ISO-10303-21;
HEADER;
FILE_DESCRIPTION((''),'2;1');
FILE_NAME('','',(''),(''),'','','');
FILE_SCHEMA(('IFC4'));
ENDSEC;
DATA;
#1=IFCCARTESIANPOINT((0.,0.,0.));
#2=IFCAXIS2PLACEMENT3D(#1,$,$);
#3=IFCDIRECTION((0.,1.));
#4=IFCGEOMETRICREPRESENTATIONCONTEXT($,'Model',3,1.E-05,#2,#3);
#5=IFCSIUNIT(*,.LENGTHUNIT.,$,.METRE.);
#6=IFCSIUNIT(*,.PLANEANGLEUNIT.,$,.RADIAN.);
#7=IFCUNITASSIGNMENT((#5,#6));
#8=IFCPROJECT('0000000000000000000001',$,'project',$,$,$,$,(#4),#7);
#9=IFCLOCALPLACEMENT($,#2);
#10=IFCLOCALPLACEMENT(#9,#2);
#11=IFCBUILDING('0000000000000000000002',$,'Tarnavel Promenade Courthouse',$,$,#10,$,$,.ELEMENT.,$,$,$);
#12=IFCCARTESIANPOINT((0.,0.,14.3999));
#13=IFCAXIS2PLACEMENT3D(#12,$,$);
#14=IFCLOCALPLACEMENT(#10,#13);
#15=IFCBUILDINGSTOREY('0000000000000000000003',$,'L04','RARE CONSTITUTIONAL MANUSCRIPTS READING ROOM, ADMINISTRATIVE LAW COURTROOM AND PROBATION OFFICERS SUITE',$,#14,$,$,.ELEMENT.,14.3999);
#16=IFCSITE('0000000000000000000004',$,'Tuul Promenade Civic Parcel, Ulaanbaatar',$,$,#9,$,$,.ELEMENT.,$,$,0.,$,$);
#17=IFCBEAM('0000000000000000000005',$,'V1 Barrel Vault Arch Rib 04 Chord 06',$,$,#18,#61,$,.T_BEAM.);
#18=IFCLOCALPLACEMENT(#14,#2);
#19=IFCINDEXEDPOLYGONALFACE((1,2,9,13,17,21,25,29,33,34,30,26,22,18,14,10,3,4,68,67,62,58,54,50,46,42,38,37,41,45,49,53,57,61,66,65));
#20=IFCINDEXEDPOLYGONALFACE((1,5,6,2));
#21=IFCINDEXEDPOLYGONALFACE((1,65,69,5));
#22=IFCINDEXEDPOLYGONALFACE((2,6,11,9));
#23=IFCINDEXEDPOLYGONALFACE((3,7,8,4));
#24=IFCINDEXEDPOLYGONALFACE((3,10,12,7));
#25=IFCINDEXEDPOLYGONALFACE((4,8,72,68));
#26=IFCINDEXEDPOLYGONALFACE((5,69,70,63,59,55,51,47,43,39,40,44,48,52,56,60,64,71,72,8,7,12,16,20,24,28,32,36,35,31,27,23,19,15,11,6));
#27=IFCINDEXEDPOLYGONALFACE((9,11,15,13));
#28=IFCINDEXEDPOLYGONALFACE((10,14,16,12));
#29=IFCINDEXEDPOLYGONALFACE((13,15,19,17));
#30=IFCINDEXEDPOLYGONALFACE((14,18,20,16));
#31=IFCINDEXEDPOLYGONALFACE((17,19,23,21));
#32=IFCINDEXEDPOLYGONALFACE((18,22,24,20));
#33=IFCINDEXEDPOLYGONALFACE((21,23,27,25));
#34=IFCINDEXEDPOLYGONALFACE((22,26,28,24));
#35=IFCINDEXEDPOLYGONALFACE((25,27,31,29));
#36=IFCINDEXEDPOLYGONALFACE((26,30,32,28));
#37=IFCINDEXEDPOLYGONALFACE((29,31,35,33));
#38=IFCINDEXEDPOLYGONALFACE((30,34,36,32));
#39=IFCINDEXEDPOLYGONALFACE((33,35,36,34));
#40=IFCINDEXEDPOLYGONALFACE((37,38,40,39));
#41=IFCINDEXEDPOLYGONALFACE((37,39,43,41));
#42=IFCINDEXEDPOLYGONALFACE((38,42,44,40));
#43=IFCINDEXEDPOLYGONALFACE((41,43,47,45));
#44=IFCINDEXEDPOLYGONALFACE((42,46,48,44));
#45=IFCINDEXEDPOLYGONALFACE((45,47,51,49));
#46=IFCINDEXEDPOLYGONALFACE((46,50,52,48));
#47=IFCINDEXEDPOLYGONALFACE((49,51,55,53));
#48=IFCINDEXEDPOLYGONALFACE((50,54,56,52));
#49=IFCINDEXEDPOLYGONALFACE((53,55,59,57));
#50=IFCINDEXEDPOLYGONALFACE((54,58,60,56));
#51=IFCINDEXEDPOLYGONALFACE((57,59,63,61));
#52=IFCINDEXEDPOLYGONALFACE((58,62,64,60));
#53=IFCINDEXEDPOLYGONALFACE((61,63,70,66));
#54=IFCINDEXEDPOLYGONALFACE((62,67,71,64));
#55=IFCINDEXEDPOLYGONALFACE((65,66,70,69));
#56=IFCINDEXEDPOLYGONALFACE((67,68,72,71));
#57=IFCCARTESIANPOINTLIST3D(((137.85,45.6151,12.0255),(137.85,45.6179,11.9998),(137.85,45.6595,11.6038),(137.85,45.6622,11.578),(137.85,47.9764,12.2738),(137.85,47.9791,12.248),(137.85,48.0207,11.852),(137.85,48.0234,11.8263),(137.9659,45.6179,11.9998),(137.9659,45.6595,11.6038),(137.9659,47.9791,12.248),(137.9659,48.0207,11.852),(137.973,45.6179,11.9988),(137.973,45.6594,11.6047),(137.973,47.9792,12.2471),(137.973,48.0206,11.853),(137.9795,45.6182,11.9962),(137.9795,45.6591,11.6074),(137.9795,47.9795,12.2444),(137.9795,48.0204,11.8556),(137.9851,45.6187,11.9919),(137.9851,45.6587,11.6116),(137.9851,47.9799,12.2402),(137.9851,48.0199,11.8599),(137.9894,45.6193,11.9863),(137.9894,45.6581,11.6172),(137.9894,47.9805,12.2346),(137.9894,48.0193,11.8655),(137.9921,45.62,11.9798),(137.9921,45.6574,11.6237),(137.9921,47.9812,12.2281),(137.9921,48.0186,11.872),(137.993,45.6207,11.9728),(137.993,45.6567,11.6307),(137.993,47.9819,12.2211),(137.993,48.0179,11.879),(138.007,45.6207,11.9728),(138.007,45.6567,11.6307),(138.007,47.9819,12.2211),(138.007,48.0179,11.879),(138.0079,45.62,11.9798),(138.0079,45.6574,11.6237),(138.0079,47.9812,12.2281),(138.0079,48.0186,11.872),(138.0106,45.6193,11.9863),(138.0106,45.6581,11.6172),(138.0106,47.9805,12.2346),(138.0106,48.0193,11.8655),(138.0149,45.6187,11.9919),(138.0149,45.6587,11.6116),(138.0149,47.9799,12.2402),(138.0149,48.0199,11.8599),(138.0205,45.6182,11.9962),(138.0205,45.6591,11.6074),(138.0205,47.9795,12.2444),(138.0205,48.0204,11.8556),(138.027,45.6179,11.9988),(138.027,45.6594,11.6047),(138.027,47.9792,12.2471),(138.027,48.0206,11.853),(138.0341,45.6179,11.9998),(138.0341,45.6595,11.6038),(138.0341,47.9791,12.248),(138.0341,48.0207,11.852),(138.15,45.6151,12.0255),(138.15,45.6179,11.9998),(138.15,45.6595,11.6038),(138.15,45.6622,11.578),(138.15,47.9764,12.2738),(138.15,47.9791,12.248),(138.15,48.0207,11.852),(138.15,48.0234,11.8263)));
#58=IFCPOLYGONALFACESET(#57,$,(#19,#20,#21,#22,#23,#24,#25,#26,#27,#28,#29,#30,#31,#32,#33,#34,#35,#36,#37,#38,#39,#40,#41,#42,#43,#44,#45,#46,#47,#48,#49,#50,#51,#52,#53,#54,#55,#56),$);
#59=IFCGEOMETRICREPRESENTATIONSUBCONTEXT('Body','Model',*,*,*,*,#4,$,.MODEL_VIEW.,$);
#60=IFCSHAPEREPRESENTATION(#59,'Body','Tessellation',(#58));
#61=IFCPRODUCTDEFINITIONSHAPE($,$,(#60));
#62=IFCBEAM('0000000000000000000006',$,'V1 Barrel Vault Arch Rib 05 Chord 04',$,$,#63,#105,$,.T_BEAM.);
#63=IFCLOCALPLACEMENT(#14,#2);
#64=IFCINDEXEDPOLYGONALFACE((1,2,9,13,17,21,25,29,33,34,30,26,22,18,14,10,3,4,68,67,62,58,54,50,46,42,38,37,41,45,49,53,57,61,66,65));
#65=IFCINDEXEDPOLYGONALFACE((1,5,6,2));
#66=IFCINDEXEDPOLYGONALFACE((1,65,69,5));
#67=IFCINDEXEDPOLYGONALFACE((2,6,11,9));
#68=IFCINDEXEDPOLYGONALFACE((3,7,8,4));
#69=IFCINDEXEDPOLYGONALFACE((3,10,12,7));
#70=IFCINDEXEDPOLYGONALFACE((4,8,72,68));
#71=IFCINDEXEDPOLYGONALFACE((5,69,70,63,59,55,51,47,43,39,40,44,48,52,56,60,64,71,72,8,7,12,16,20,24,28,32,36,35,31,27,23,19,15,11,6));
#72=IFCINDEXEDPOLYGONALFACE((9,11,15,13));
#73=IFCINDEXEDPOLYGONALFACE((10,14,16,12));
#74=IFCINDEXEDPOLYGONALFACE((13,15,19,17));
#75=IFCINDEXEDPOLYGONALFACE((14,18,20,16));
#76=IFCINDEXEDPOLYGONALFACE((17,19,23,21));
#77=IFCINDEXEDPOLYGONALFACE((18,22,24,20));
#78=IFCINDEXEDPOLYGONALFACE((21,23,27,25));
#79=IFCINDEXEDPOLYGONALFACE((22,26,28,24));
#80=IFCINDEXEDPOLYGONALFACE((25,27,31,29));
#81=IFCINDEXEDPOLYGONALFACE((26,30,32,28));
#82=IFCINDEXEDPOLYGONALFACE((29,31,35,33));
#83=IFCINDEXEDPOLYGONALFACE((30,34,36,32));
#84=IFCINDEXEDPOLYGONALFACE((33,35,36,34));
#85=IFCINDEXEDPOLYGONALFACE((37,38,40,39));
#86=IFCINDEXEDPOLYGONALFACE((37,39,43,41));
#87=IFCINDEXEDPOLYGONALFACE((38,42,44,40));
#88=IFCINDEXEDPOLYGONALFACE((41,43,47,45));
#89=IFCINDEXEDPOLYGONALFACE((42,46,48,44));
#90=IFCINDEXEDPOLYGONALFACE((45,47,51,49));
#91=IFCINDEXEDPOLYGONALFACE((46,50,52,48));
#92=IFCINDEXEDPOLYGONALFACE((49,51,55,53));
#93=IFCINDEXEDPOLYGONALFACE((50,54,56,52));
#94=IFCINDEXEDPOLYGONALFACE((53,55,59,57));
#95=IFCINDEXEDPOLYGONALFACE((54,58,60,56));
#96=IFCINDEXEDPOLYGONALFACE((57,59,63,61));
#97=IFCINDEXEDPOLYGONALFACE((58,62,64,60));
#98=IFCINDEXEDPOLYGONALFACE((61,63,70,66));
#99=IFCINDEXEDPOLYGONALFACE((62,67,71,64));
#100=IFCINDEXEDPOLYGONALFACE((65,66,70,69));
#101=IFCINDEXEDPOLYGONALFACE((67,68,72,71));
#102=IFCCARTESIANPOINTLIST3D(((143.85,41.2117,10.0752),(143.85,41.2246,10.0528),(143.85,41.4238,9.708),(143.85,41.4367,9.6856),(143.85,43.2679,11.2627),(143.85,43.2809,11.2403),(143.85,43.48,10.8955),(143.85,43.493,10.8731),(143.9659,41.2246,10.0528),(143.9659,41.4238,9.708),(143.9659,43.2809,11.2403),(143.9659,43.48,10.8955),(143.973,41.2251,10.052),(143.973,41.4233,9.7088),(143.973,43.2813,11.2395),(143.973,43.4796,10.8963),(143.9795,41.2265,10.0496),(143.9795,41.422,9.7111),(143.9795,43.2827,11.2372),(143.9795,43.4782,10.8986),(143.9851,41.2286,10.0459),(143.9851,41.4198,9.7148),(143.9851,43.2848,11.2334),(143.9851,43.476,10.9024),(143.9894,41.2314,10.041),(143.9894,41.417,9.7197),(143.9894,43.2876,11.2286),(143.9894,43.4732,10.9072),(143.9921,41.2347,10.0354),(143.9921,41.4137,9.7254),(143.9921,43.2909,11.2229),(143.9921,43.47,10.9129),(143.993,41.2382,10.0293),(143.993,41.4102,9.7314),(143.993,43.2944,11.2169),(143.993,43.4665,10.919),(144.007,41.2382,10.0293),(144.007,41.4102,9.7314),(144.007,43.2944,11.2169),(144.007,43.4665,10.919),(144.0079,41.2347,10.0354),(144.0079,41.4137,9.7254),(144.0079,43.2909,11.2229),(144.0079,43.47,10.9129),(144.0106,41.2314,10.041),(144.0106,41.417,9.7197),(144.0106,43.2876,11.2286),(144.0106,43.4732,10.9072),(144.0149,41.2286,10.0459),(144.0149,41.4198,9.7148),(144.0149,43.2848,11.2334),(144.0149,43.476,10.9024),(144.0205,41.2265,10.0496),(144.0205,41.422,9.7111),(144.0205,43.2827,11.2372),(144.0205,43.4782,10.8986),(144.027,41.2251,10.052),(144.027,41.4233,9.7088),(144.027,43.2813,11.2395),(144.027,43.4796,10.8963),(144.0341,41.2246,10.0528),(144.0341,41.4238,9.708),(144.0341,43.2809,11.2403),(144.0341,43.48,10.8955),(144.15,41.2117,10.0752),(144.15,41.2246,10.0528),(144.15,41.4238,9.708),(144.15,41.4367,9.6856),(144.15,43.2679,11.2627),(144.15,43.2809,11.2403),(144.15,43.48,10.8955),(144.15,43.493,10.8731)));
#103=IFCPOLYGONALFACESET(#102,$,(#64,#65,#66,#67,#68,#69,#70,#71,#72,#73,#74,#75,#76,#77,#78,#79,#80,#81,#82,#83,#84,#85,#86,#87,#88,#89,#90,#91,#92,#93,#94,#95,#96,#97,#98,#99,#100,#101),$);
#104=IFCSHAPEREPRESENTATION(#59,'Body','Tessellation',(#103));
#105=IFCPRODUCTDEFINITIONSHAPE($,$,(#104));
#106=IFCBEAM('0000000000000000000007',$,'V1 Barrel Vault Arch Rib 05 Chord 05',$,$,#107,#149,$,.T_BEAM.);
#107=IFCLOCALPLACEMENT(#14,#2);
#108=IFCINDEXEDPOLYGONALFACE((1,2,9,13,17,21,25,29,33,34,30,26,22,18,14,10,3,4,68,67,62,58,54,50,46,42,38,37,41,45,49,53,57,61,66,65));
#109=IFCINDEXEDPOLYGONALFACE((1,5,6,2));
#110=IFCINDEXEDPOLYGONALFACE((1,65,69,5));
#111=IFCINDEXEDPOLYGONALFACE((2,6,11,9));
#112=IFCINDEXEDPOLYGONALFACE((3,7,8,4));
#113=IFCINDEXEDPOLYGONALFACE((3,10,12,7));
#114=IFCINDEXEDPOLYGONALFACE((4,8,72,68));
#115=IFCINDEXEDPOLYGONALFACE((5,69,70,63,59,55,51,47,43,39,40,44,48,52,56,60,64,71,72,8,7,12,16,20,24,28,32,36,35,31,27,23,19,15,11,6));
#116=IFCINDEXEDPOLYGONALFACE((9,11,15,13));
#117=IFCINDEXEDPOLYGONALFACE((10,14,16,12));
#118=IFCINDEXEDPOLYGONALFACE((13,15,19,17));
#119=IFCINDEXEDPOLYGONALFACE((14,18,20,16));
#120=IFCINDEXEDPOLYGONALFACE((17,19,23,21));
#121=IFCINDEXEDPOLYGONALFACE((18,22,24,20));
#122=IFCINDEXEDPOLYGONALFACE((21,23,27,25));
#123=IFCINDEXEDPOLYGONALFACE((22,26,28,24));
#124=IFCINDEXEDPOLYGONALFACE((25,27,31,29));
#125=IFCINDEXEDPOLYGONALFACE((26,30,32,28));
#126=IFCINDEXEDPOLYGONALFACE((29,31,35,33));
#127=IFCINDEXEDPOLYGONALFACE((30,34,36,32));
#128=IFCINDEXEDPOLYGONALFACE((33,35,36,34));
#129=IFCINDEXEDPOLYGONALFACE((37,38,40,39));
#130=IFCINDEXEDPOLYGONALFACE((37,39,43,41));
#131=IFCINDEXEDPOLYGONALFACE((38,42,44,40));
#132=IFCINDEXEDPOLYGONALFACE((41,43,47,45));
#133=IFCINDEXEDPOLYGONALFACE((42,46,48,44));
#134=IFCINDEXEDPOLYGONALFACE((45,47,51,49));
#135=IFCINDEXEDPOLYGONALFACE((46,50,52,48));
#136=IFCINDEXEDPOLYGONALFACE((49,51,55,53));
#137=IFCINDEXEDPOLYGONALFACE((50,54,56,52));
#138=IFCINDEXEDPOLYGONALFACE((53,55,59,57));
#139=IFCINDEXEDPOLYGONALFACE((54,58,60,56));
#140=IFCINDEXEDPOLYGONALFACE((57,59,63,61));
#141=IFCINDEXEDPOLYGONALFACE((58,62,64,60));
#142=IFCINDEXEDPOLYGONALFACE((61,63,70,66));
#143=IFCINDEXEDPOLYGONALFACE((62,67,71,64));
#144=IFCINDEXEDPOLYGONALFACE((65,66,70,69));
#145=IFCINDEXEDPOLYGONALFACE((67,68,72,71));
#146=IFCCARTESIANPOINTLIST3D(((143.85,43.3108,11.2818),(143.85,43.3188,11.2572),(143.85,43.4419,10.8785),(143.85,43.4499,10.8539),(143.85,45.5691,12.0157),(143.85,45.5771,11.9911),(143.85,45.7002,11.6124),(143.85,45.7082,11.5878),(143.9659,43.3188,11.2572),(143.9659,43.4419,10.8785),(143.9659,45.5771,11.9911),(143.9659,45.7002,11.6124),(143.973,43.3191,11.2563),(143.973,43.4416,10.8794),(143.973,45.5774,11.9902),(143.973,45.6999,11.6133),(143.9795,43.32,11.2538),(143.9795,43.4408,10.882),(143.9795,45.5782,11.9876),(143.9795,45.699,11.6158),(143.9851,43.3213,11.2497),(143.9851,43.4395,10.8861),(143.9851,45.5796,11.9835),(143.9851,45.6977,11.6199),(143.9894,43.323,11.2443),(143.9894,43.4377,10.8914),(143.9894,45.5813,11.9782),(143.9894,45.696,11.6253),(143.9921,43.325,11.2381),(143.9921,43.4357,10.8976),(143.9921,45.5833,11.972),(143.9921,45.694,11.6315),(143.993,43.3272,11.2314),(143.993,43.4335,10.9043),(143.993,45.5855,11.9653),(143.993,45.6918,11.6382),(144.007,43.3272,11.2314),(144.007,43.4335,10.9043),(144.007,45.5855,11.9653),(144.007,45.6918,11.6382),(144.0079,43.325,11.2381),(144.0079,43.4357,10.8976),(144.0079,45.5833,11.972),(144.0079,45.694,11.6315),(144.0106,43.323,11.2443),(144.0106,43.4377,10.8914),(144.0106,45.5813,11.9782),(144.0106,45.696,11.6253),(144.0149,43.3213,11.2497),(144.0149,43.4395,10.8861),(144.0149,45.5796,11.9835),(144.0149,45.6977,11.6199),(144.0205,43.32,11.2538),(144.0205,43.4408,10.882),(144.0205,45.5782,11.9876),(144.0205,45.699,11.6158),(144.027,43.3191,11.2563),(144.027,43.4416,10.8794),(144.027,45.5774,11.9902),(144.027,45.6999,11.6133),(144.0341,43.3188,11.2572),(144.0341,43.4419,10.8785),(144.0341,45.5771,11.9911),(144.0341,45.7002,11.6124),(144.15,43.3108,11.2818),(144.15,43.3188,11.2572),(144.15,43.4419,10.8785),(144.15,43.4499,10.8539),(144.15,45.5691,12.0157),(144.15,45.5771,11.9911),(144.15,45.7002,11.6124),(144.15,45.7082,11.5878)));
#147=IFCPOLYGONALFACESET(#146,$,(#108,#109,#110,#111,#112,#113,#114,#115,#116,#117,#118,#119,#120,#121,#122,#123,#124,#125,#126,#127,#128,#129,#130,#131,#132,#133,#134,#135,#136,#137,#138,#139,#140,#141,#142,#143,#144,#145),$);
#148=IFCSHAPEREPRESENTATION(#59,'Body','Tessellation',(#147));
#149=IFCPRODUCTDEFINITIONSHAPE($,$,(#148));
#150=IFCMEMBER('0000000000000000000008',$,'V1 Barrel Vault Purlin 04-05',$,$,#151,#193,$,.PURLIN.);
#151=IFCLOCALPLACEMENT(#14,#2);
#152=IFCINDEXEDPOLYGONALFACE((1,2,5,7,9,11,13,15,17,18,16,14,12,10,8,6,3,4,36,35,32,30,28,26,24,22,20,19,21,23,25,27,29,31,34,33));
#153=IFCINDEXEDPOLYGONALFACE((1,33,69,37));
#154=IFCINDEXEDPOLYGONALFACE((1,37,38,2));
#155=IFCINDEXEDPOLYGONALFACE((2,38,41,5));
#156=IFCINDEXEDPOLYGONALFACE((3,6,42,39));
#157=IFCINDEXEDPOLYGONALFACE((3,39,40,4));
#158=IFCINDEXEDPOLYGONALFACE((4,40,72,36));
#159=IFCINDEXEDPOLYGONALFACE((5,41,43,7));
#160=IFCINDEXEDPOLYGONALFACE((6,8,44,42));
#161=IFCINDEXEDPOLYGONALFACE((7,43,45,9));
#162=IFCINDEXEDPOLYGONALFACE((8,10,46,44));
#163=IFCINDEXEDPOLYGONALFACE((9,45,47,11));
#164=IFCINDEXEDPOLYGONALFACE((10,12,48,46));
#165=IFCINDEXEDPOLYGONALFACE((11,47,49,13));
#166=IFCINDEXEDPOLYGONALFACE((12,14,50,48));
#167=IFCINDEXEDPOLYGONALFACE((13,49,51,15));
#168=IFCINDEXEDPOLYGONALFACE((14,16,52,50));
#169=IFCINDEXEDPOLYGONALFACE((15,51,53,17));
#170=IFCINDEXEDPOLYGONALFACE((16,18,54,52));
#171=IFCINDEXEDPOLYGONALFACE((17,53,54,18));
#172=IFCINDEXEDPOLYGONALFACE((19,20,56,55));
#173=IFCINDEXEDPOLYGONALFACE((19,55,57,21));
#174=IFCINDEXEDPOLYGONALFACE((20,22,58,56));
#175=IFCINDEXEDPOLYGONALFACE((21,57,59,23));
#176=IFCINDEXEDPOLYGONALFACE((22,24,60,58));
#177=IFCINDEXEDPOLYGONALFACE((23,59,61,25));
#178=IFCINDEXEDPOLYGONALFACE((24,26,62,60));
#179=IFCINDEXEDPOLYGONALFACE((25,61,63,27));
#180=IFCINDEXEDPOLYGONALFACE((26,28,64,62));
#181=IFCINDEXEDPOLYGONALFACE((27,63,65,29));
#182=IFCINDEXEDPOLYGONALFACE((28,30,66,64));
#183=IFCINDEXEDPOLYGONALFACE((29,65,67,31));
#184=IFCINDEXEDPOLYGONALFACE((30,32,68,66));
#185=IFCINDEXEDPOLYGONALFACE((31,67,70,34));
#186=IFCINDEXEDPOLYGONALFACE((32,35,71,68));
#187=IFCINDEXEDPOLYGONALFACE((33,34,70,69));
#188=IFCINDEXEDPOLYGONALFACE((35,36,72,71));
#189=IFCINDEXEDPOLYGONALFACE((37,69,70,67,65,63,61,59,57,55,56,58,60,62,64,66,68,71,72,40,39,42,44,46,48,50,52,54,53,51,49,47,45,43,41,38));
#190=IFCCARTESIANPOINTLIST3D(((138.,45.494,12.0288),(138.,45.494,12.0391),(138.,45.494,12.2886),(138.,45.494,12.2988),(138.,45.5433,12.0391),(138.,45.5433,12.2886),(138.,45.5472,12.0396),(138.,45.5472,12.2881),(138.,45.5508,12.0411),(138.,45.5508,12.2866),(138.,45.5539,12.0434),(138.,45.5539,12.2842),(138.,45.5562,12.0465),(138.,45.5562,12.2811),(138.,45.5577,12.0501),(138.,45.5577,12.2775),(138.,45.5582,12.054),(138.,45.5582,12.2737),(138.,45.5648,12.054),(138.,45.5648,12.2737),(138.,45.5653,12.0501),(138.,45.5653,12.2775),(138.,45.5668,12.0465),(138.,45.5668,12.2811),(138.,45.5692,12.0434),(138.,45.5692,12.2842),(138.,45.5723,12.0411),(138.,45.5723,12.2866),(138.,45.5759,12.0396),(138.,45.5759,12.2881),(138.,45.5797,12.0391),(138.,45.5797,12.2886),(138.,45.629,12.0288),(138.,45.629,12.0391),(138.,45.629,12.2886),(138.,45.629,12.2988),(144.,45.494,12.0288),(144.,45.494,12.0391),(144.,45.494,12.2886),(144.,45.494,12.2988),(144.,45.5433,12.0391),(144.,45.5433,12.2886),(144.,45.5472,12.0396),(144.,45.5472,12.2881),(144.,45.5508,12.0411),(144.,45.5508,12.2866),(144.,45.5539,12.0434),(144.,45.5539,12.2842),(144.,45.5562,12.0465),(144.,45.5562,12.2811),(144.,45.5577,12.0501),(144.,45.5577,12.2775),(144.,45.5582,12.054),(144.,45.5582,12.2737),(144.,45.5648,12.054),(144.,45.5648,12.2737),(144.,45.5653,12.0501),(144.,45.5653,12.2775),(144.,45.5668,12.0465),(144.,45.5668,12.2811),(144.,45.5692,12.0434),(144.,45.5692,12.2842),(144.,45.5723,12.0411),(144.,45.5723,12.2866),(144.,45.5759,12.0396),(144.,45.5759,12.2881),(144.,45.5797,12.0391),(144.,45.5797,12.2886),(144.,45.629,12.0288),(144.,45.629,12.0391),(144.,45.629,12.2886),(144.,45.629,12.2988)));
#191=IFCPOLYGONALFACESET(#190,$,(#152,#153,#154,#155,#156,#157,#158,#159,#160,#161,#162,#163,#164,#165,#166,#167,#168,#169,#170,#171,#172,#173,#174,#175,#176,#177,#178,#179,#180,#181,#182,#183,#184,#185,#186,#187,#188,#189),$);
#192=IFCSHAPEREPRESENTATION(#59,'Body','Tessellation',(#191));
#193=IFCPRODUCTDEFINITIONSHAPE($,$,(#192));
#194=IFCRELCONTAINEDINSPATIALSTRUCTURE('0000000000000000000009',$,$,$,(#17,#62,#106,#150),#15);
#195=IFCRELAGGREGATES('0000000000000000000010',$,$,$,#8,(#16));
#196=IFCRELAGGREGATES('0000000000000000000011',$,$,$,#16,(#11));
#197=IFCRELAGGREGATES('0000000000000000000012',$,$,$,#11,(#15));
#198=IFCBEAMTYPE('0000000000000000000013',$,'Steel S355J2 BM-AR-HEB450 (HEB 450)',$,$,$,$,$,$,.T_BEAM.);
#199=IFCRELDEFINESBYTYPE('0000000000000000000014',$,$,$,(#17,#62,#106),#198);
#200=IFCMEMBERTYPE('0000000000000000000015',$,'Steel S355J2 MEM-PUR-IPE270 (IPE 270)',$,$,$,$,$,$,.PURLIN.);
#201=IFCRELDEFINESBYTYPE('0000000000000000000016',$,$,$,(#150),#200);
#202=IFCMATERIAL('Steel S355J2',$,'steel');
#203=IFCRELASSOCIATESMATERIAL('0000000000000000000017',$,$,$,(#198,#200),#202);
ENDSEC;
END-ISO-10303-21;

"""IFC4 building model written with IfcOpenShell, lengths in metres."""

from ifc_helpers import new_model, si_unit, direction, frame, origin, origin_2d, place, context, subcontext, project, spatial, i_section, extrude, material, material_profile, profile_set, type_object, element, save


model = new_model("IFC4")

# Units and contexts
model_context = context("Model", 3, precision=1e-05, world=origin(), true_north=direction((0.0, 1.0)))
body_context = subcontext(model_context, "Body", "Model", "MODEL_VIEW")
ifc_project = project(units=[si_unit("LENGTHUNIT", "METRE"), si_unit("PLANEANGLEUNIT", "RADIAN")], contexts=[model_context])

# Site, building, storey
site_placement = place(None, origin())
site = spatial("IfcSite", under=ifc_project, at=site_placement, Name="Tuul Promenade Civic Parcel, Ulaanbaatar", CompositionType="ELEMENT", RefElevation=0.0)
building_placement = place(site_placement, origin())
building = spatial("IfcBuilding", under=site, at=building_placement, Name="Tarnavel Promenade Courthouse", CompositionType="ELEMENT")
storey_placement = place(building_placement, frame((0.0, 0.0, 14.3999)))
storey = spatial("IfcBuildingStorey", under=building, at=storey_placement, Name="L04", Description="RARE CONSTITUTIONAL MANUSCRIPTS READING ROOM, ADMINISTRATIVE LAW COURTROOM AND PROBATION OFFICERS SUITE", CompositionType="ELEMENT", Elevation=14.3999)

# Beams
ifc_material_1 = material(Name="Steel S355J2", Category="steel")
ifc_material_profile_1 = material_profile(ifc_material_1, i_section(OverallWidth=0.3, OverallDepth=0.45, WebThickness=0.0139, FlangeThickness=0.0259, FilletRadius=0.0271, at=origin_2d()), Name="HEB 450")
ifc_profile_set_1 = profile_set([ifc_material_profile_1], Name="Steel S355J2")
beam_type = type_object("IfcBeamType", Name="Steel S355J2 BM-AR-HEB450 (HEB 450)", PredefinedType="T_BEAM", material=ifc_profile_set_1)
beam_placement = place(storey_placement, frame((138.0, 45.6387, 11.8018), z_axis=(0.0, 0.994517, 0.104572), x_axis=(-1.0, 0.0, 0.0)))
element("IfcBeam", 1, at=beam_placement, inside=storey, type_object=beam_type, Name="V1 Barrel Vault Arch Rib 04 Chord 06", PredefinedType="T_BEAM", context=body_context, shape_type="SweptSolid", body=[
    extrude(i_section(OverallWidth=0.3, OverallDepth=0.45, WebThickness=0.0139, FlangeThickness=0.0259, FilletRadius=0.0271, at=origin_2d()), origin(), (0.0, 0.0, 1.0), 2.3743),
])
for number, where, z_axis, x_axis, name in (
    (2, (144.0, 41.3242, 9.8804), (0.0, 0.865956, 0.50012), (-1.0, 0.0, 0.0), "V1 Barrel Vault Arch Rib 05 Chord 04"),
    (3, (144.0, 43.3804, 11.0679), (0.0, 0.951042, 0.309063), (-1.0, 0.0, 0.0), "V1 Barrel Vault Arch Rib 05 Chord 05"),
):
    element("IfcBeam", number, at=place(storey_placement, frame(where, z_axis=z_axis, x_axis=x_axis)), inside=storey, type_object=beam_type, Name=name, PredefinedType="T_BEAM", context=body_context, shape_type="SweptSolid", body=[
        extrude(i_section(OverallWidth=0.3, OverallDepth=0.45, WebThickness=0.0139, FlangeThickness=0.0259, FilletRadius=0.0271, at=origin_2d()), origin(), (0.0, 0.0, 1.0), 2.3745),
    ])

# Member
ifc_material_profile_2 = material_profile(ifc_material_1, i_section(OverallWidth=0.135, OverallDepth=0.27, WebThickness=0.0066, FlangeThickness=0.0103, FilletRadius=0.0149, at=origin_2d()), Name="IPE 270")
ifc_profile_set_2 = profile_set([ifc_material_profile_2], Name="Steel S355J2")
member_type_1 = type_object("IfcMemberType", Name="Steel S355J2 MEM-PUR-IPE270 (IPE 270)", PredefinedType="PURLIN", material=ifc_profile_set_2)
for number, where, z_axis, x_axis, name in (
    (4, (138.0, 45.5615, 12.1638), (1.0, 0.0, 0.0), (0.0, 1.0, 0.0), "V1 Barrel Vault Purlin 04-05"),
):
    element("IfcMember", number, at=place(storey_placement, frame(where, z_axis=z_axis, x_axis=x_axis)), inside=storey, type_object=member_type_1, Name=name, PredefinedType="PURLIN", context=body_context, shape_type="SweptSolid", body=[
        extrude(i_section(OverallWidth=0.135, OverallDepth=0.27, WebThickness=0.0066, FlangeThickness=0.0103, FilletRadius=0.0149, at=origin_2d()), origin(), (0.0, 0.0, 1.0), 6.0),
    ])

save(model, "model.ifc")
